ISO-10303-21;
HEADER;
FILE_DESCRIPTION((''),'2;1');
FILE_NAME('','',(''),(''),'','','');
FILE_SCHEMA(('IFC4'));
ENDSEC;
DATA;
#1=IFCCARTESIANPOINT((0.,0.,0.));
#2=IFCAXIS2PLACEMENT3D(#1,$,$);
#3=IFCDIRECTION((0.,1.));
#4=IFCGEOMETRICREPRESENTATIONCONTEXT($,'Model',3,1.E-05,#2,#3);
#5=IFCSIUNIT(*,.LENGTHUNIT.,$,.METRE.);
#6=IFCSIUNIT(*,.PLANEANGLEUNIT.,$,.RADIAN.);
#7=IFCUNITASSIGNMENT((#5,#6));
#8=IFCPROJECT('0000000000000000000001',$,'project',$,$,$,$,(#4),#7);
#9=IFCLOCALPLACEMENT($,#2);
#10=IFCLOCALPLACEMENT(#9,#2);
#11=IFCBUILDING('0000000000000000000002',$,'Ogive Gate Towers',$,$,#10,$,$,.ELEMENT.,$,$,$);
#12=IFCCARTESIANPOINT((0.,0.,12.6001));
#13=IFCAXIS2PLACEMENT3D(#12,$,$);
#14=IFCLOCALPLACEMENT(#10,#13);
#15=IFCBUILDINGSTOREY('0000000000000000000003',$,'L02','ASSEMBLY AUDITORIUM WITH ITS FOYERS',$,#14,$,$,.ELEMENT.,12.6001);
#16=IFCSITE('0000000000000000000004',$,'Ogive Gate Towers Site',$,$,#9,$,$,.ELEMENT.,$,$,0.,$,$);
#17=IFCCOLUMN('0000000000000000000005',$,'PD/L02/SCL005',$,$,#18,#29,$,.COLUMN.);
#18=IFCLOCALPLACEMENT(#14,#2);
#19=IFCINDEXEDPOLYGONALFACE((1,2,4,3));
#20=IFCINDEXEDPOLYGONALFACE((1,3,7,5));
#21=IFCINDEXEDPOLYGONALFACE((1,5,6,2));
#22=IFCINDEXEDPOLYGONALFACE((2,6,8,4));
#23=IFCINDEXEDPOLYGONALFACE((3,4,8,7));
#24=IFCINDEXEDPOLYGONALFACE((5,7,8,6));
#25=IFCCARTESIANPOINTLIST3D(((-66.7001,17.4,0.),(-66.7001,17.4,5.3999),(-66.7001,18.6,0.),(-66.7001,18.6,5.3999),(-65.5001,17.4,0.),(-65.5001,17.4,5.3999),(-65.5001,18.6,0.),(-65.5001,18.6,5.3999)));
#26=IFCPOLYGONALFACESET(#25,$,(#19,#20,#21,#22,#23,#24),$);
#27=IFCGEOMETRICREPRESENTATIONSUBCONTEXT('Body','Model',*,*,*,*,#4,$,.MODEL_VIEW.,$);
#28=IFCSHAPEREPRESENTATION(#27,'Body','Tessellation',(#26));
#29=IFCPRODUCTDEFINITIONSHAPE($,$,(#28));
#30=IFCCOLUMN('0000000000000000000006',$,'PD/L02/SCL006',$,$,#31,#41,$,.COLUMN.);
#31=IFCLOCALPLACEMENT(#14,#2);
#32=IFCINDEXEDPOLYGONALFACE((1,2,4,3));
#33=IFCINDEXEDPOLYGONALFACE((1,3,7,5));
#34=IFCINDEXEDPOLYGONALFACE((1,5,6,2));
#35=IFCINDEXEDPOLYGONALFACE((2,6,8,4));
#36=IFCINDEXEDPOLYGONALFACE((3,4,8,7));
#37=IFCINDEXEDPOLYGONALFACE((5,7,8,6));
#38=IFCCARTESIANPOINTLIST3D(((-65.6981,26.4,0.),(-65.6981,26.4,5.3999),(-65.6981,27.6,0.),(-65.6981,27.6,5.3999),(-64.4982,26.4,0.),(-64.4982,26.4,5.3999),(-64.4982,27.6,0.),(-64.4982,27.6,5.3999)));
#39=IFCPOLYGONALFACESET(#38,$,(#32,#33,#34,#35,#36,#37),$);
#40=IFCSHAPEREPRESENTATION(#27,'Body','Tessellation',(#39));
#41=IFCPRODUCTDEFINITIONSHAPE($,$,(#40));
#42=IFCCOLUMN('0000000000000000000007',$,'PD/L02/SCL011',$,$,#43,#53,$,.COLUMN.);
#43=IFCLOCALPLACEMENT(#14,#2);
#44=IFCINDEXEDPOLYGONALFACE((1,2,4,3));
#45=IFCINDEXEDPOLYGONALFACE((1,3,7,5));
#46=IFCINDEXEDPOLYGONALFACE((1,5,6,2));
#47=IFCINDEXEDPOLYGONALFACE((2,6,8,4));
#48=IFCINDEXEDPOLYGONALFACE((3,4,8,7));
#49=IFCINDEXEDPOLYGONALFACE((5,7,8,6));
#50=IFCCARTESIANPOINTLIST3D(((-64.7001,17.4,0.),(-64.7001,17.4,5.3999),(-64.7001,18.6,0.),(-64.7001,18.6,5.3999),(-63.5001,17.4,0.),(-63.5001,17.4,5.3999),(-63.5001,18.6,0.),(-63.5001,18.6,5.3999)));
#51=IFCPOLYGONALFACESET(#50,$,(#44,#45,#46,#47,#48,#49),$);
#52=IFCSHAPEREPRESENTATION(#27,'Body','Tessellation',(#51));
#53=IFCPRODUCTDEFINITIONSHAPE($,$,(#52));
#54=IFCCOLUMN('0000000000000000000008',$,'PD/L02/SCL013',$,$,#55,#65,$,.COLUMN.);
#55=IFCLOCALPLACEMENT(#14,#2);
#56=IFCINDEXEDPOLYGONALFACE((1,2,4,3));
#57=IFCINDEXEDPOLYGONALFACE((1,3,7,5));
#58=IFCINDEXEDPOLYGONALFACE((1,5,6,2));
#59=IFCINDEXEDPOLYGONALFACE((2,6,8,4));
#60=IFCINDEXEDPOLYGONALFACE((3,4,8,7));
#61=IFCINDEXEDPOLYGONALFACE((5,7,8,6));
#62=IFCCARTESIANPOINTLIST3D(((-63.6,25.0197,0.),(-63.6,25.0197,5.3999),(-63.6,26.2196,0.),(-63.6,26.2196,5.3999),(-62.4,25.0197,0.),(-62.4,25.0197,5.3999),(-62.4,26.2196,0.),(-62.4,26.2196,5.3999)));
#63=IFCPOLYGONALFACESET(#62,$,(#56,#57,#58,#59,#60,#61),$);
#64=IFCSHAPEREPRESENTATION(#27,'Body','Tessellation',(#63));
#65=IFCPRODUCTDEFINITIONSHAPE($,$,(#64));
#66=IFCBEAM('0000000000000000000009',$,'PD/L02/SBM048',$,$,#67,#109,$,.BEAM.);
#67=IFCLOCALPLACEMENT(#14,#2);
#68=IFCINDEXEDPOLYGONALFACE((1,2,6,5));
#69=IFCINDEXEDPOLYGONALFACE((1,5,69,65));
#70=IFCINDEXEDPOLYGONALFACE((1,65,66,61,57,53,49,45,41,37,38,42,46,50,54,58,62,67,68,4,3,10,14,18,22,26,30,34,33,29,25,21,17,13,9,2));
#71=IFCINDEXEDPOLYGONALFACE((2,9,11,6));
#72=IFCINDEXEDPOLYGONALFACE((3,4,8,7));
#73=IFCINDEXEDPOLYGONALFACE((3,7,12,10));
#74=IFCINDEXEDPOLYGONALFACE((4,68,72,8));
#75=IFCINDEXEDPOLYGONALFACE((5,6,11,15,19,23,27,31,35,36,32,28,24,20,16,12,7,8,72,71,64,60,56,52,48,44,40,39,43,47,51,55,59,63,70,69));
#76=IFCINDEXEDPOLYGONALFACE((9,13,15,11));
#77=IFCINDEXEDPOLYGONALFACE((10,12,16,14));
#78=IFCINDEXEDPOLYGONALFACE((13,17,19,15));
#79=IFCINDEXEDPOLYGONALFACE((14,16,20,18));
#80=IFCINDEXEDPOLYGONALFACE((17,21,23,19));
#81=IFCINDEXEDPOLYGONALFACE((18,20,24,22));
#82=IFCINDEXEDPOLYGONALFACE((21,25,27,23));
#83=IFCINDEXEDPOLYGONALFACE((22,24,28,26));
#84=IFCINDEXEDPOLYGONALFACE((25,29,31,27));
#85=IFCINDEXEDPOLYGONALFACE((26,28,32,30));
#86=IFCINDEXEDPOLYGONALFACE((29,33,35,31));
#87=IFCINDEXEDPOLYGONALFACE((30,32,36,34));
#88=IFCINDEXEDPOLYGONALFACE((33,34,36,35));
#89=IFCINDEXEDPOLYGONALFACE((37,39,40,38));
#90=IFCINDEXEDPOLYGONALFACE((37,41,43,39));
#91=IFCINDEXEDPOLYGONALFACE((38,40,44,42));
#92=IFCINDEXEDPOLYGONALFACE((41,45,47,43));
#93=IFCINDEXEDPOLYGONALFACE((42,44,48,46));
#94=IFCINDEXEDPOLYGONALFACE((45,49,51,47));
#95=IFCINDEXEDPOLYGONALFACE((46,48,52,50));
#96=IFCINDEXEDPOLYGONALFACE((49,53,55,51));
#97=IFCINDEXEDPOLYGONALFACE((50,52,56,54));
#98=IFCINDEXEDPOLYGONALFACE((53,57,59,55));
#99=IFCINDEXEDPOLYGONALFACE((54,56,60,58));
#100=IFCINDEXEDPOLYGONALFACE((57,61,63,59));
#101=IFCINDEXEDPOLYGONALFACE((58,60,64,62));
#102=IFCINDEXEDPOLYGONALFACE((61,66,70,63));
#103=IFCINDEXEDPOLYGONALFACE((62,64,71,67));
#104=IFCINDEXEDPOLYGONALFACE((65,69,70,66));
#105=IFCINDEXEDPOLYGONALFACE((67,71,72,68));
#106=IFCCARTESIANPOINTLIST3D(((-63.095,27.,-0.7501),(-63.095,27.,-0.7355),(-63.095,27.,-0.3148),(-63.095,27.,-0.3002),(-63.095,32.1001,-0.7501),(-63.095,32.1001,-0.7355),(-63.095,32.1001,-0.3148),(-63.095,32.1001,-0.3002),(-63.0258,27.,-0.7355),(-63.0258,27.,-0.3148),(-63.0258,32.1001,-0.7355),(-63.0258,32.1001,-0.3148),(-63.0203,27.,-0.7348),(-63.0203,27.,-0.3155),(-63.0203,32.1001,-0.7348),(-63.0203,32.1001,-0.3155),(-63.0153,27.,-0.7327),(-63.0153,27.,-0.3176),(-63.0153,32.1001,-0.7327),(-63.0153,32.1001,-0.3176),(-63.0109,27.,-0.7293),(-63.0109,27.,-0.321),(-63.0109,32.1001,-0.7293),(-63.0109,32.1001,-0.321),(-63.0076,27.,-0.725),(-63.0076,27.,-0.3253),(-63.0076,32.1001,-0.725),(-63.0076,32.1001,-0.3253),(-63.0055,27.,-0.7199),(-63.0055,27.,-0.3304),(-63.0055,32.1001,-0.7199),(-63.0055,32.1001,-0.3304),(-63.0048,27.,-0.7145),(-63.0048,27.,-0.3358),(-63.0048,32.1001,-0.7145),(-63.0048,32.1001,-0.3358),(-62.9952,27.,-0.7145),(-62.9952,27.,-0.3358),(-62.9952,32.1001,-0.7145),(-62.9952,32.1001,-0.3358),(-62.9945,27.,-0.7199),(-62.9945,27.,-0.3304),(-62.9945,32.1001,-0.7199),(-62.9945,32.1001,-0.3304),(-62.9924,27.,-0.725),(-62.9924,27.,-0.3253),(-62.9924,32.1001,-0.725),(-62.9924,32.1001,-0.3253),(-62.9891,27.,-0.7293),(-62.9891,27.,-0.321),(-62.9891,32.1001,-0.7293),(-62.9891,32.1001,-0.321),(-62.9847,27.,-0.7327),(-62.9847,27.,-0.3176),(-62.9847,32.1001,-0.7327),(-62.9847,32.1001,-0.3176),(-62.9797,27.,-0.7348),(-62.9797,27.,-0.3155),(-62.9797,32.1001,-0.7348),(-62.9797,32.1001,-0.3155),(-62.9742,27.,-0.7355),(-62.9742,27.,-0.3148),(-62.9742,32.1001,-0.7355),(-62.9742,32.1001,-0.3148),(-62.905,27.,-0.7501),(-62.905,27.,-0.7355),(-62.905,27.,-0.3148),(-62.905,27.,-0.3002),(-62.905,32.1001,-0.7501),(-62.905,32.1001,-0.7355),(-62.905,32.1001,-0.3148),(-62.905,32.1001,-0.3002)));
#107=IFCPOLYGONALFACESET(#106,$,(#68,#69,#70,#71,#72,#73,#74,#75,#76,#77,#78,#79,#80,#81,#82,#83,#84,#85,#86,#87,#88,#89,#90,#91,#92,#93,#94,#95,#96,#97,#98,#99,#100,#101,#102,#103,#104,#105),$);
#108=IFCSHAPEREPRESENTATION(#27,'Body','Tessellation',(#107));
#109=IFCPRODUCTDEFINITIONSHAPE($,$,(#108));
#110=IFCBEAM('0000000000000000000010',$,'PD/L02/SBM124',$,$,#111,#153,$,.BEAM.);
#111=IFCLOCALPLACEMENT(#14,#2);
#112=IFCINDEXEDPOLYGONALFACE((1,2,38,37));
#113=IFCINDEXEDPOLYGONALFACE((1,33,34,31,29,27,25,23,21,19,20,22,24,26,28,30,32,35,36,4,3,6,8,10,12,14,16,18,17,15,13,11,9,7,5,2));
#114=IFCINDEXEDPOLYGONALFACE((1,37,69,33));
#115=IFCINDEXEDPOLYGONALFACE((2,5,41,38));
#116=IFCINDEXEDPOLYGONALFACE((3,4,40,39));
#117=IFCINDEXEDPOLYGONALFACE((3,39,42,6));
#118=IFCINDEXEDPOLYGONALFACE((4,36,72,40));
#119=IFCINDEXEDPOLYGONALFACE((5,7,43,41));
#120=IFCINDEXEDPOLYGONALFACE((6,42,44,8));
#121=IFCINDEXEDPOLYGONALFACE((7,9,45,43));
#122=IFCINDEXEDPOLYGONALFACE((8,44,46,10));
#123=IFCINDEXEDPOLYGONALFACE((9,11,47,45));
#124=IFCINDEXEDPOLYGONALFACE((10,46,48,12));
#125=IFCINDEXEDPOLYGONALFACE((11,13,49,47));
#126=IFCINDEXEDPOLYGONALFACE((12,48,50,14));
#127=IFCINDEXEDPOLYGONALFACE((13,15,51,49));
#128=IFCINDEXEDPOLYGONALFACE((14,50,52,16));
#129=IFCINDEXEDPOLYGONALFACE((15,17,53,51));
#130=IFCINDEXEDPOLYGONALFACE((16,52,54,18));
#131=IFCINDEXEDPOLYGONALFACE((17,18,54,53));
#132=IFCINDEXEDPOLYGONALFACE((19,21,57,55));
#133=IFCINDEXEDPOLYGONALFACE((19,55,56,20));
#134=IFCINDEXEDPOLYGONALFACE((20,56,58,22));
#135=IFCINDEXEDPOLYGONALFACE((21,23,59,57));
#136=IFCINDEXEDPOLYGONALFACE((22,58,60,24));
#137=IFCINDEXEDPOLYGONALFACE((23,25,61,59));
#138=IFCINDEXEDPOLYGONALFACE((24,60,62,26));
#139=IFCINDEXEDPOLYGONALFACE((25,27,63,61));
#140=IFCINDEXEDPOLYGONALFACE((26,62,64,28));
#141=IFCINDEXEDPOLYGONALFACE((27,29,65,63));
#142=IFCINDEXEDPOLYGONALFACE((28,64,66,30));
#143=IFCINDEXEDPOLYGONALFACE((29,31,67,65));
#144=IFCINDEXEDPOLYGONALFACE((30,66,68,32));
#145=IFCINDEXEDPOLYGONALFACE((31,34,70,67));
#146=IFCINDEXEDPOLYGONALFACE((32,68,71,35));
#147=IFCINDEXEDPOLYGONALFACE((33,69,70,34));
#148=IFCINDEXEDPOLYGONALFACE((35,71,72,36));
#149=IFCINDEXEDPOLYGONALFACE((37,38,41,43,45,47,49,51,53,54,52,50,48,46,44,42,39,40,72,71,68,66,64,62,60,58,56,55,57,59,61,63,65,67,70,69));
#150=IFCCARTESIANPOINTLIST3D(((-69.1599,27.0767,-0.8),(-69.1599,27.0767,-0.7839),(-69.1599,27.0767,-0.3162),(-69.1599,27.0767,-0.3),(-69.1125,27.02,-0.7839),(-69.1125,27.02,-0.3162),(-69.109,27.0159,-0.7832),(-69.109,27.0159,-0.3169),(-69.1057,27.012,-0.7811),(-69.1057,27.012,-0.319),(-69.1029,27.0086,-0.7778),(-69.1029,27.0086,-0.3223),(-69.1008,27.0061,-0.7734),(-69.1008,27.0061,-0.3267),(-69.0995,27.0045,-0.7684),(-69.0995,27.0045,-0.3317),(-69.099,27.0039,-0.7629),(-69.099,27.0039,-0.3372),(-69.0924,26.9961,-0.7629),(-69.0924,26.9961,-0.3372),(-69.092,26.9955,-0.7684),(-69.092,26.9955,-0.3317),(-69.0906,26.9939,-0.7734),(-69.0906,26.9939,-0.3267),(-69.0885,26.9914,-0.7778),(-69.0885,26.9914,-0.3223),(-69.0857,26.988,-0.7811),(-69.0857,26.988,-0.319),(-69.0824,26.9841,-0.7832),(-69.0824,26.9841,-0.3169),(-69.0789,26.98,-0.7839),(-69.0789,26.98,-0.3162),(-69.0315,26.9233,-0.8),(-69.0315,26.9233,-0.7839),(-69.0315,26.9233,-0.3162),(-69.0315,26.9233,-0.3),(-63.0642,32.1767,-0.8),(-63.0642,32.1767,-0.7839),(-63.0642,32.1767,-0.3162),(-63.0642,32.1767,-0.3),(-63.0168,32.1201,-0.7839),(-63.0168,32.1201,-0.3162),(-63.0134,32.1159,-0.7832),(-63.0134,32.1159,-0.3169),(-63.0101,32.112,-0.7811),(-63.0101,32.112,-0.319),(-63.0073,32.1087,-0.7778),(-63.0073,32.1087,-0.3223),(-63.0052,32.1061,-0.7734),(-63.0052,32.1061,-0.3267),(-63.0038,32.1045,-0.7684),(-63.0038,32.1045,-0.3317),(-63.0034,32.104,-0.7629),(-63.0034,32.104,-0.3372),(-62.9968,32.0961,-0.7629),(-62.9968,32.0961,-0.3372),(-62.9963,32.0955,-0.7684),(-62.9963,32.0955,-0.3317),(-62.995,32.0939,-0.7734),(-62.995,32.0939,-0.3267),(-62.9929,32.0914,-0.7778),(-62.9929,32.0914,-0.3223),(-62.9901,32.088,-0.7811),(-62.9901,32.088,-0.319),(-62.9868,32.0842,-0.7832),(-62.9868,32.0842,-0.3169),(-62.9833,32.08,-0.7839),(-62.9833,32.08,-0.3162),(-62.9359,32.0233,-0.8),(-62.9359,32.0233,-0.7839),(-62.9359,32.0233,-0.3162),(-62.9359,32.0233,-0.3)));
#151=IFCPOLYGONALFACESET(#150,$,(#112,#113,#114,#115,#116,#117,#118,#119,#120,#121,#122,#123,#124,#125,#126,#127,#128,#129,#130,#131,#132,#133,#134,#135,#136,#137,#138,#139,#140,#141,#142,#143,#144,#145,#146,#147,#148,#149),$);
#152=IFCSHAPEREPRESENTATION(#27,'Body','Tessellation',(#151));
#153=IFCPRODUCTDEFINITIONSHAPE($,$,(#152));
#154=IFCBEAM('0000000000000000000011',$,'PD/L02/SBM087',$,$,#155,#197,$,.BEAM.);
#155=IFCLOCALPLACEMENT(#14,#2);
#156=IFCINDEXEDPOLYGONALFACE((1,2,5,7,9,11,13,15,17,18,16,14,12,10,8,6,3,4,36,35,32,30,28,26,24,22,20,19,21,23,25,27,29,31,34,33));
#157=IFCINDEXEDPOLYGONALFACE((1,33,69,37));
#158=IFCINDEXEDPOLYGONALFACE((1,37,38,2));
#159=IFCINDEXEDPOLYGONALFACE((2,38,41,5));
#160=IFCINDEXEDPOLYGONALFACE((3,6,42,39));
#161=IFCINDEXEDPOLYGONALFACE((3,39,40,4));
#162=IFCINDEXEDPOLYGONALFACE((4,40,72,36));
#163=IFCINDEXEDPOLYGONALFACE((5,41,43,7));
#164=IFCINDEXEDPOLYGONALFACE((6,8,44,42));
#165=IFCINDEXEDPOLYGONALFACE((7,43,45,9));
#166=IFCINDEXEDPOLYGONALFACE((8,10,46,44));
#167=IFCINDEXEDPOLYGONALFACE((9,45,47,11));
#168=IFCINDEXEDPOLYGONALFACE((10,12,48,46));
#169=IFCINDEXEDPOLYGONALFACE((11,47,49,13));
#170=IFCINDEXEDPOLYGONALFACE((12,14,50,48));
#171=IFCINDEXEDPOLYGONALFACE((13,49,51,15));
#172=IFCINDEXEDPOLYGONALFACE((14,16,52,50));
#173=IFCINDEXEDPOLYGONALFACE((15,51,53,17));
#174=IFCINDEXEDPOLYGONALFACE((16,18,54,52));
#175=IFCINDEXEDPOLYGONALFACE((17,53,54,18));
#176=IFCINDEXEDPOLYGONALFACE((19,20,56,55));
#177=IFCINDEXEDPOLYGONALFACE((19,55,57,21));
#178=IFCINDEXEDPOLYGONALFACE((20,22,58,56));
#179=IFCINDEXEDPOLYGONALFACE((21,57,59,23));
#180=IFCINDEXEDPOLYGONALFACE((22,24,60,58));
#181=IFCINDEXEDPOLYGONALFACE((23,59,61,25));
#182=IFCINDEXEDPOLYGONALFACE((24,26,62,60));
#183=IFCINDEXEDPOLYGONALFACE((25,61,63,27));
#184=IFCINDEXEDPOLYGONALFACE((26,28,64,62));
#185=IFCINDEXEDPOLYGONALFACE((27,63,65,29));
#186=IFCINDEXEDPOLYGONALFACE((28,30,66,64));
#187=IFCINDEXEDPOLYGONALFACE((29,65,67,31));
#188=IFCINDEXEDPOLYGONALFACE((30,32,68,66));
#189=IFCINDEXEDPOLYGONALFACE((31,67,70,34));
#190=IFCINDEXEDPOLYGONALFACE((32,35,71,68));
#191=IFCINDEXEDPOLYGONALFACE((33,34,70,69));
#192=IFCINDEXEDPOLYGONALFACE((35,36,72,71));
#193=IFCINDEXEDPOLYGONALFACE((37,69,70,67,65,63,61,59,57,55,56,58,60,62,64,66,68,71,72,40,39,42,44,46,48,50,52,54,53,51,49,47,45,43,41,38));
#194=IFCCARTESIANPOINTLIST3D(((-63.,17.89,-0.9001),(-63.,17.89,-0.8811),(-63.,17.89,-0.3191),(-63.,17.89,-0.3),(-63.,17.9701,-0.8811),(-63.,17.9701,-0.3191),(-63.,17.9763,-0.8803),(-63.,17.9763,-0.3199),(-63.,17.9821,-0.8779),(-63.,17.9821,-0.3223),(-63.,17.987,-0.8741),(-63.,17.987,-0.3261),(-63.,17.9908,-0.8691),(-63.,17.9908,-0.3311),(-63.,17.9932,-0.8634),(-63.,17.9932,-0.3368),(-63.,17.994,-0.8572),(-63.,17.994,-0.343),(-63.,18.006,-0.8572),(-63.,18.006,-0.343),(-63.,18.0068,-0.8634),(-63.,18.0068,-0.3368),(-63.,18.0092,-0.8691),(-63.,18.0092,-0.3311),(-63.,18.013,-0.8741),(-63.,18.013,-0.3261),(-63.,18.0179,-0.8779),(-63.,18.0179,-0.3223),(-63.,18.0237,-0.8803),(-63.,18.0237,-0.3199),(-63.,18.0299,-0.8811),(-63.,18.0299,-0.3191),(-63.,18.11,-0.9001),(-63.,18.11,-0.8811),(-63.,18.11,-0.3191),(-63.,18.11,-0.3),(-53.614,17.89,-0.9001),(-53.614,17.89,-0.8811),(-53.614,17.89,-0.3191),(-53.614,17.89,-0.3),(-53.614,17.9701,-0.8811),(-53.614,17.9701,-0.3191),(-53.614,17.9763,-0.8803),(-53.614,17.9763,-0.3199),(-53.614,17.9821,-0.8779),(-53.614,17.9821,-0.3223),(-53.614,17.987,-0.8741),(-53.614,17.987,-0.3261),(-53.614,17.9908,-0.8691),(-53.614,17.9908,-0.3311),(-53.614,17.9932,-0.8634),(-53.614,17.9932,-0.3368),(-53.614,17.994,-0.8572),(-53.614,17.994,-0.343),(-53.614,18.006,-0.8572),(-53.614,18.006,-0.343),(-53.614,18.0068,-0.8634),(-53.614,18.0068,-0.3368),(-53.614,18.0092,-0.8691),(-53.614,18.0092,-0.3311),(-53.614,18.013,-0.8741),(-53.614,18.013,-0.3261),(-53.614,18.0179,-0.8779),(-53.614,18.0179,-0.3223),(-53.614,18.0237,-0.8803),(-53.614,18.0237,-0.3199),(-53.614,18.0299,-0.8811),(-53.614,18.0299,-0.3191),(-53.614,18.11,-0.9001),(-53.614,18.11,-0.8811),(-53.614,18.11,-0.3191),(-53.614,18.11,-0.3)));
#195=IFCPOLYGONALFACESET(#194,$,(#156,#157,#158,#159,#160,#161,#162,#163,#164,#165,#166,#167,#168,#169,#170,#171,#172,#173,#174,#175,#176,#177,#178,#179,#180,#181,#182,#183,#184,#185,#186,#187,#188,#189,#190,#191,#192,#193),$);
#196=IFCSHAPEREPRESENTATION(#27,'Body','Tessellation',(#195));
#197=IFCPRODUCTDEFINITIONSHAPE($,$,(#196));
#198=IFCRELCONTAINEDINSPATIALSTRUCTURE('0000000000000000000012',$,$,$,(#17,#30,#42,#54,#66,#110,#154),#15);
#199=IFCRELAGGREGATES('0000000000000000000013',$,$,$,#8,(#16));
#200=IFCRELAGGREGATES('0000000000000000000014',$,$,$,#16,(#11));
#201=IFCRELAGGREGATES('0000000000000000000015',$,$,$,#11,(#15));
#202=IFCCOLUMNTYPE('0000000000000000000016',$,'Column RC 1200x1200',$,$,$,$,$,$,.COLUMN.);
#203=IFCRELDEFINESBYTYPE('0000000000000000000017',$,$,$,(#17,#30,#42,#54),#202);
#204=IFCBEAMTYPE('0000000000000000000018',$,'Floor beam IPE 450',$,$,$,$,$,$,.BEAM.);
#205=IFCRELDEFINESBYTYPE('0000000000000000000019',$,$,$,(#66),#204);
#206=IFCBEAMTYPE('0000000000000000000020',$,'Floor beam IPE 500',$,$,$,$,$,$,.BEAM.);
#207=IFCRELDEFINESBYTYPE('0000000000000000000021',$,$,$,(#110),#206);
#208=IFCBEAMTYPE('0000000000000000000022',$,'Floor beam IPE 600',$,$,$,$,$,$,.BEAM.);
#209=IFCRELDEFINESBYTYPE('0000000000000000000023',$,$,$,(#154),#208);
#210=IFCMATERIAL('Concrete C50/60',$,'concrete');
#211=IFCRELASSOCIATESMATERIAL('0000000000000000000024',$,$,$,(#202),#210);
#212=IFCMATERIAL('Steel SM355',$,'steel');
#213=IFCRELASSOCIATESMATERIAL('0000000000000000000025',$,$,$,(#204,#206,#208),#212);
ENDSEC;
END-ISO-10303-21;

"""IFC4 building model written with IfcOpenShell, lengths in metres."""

from ifc_helpers import new_model, si_unit, direction, frame, origin, origin_2d, place, context, subcontext, project, spatial, rectangle, i_section, extrude, material, material_profile, profile_set, type_object, element, save


model = new_model("IFC4")

# Units and contexts
model_context = context("Model", 3, precision=1e-05, world=origin(), true_north=direction((0.0, 1.0)))
body_context = subcontext(model_context, "Body", "Model", "MODEL_VIEW")
ifc_project = project(units=[si_unit("LENGTHUNIT", "METRE"), si_unit("PLANEANGLEUNIT", "RADIAN")], contexts=[model_context])

# Site, building, storey
site_placement = place(None, origin())
site = spatial("IfcSite", under=ifc_project, at=site_placement, Name="Ogive Gate Towers Site", CompositionType="ELEMENT", RefElevation=0.0)
building_placement = place(site_placement, origin())
building = spatial("IfcBuilding", under=site, at=building_placement, Name="Ogive Gate Towers", CompositionType="ELEMENT")
storey_placement = place(building_placement, frame((0.0, 0.0, 12.6001)))
storey = spatial("IfcBuildingStorey", under=building, at=storey_placement, Name="L02", Description="ASSEMBLY AUDITORIUM WITH ITS FOYERS", CompositionType="ELEMENT", Elevation=12.6001)

# Columns
ifc_material_1 = material(Name="Concrete C50/60", Category="concrete")
ifc_material_profile_1 = material_profile(ifc_material_1, rectangle(XDim=1.2, YDim=1.2, at=origin_2d()), Name="RC 1200x1200")
ifc_profile_set_1 = profile_set([ifc_material_profile_1], Name="Concrete C50/60")
column_type = type_object("IfcColumnType", Name="Column RC 1200x1200", PredefinedType="COLUMN", material=ifc_profile_set_1)
for number, where, z_axis, x_axis, name in (
    (1, (-66.1001, 18.0, 0.0), (0.0, 0.0, 1.0), (1.0, 0.0, 0.0), "PD/L02/SCL005"),
    (2, (-65.0981, 27.0, 0.0), (0.0, 0.0, 1.0), (1.0, 0.0, 0.0), "PD/L02/SCL006"),
    (3, (-64.1001, 18.0, 0.0), (0.0, 0.0, 1.0), (1.0, 0.0, 0.0), "PD/L02/SCL011"),
    (4, (-63.0, 25.6196, 0.0), (0.0, 0.0, 1.0), (1.0, 0.0, 0.0), "PD/L02/SCL013"),
):
    element("IfcColumn", number, at=place(storey_placement, frame(where, z_axis=z_axis, x_axis=x_axis)), inside=storey, type_object=column_type, Name=name, PredefinedType="COLUMN", context=body_context, shape_type="SweptSolid", body=[
        extrude(rectangle(XDim=1.2, YDim=1.2, at=origin_2d()), origin(), (0.0, 0.0, 1.0), 5.3999),
    ])

# Beams
ifc_material_2 = material(Name="Steel SM355", Category="steel")
ifc_material_profile_2 = material_profile(ifc_material_2, i_section(OverallWidth=0.1899, OverallDepth=0.45, WebThickness=0.0095, FlangeThickness=0.0146, FilletRadius=0.021, at=origin_2d()), Name="IPE 450")
ifc_profile_set_2 = profile_set([ifc_material_profile_2], Name="Steel SM355")
beam_type_1 = type_object("IfcBeamType", Name="Floor beam IPE 450", PredefinedType="BEAM", material=ifc_profile_set_2)
beam_1_placement = place(storey_placement, frame((-63.0, 27.0, -0.5251), z_axis=(0.0, 1.0, 0.0), x_axis=(-1.0, 0.0, 0.0)))
element("IfcBeam", 5, at=beam_1_placement, inside=storey, type_object=beam_type_1, Name="PD/L02/SBM048", PredefinedType="BEAM", context=body_context, shape_type="SweptSolid", body=[
    extrude(i_section(OverallWidth=0.1899, OverallDepth=0.45, WebThickness=0.0095, FlangeThickness=0.0146, FilletRadius=0.021, at=origin_2d()), origin(), (0.0, 0.0, 1.0), 5.1001),
])
ifc_material_profile_3 = material_profile(ifc_material_2, i_section(OverallWidth=0.2, OverallDepth=0.5, WebThickness=0.0103, FlangeThickness=0.0161, FilletRadius=0.021, at=origin_2d()), Name="IPE 500")
ifc_profile_set_3 = profile_set([ifc_material_profile_3], Name="Steel SM355")
beam_type_2 = type_object("IfcBeamType", Name="Floor beam IPE 500", PredefinedType="BEAM", material=ifc_profile_set_3)
beam_2_placement = place(storey_placement, frame((-69.0957, 27.0, -0.55), z_axis=(0.766961, 0.641694, 0.0), x_axis=(-0.641694, 0.766961, 0.0)))
element("IfcBeam", 6, at=beam_2_placement, inside=storey, type_object=beam_type_2, Name="PD/L02/SBM124", PredefinedType="BEAM", context=body_context, shape_type="SweptSolid", body=[
    extrude(i_section(OverallWidth=0.2, OverallDepth=0.5, WebThickness=0.0103, FlangeThickness=0.0161, FilletRadius=0.021, at=origin_2d()), origin(), (0.0, 0.0, 1.0), 7.9478),
])
ifc_material_profile_4 = material_profile(ifc_material_2, i_section(OverallWidth=0.22, OverallDepth=0.6001, WebThickness=0.012, FlangeThickness=0.019, FilletRadius=0.0239, at=origin_2d()), Name="IPE 600")
ifc_profile_set_4 = profile_set([ifc_material_profile_4], Name="Steel SM355")
beam_type_3 = type_object("IfcBeamType", Name="Floor beam IPE 600", PredefinedType="BEAM", material=ifc_profile_set_4)
beam_3_placement = place(storey_placement, frame((-63.0, 18.0, -0.6001), z_axis=(1.0, 0.0, 0.0), x_axis=(0.0, 1.0, 0.0)))
element("IfcBeam", 7, at=beam_3_placement, inside=storey, type_object=beam_type_3, Name="PD/L02/SBM087", PredefinedType="BEAM", context=body_context, shape_type="SweptSolid", body=[
    extrude(i_section(OverallWidth=0.22, OverallDepth=0.6001, WebThickness=0.012, FlangeThickness=0.019, FilletRadius=0.0239, at=origin_2d()), origin(), (0.0, 0.0, 1.0), 9.386),
])

save(model, "model.ifc")
